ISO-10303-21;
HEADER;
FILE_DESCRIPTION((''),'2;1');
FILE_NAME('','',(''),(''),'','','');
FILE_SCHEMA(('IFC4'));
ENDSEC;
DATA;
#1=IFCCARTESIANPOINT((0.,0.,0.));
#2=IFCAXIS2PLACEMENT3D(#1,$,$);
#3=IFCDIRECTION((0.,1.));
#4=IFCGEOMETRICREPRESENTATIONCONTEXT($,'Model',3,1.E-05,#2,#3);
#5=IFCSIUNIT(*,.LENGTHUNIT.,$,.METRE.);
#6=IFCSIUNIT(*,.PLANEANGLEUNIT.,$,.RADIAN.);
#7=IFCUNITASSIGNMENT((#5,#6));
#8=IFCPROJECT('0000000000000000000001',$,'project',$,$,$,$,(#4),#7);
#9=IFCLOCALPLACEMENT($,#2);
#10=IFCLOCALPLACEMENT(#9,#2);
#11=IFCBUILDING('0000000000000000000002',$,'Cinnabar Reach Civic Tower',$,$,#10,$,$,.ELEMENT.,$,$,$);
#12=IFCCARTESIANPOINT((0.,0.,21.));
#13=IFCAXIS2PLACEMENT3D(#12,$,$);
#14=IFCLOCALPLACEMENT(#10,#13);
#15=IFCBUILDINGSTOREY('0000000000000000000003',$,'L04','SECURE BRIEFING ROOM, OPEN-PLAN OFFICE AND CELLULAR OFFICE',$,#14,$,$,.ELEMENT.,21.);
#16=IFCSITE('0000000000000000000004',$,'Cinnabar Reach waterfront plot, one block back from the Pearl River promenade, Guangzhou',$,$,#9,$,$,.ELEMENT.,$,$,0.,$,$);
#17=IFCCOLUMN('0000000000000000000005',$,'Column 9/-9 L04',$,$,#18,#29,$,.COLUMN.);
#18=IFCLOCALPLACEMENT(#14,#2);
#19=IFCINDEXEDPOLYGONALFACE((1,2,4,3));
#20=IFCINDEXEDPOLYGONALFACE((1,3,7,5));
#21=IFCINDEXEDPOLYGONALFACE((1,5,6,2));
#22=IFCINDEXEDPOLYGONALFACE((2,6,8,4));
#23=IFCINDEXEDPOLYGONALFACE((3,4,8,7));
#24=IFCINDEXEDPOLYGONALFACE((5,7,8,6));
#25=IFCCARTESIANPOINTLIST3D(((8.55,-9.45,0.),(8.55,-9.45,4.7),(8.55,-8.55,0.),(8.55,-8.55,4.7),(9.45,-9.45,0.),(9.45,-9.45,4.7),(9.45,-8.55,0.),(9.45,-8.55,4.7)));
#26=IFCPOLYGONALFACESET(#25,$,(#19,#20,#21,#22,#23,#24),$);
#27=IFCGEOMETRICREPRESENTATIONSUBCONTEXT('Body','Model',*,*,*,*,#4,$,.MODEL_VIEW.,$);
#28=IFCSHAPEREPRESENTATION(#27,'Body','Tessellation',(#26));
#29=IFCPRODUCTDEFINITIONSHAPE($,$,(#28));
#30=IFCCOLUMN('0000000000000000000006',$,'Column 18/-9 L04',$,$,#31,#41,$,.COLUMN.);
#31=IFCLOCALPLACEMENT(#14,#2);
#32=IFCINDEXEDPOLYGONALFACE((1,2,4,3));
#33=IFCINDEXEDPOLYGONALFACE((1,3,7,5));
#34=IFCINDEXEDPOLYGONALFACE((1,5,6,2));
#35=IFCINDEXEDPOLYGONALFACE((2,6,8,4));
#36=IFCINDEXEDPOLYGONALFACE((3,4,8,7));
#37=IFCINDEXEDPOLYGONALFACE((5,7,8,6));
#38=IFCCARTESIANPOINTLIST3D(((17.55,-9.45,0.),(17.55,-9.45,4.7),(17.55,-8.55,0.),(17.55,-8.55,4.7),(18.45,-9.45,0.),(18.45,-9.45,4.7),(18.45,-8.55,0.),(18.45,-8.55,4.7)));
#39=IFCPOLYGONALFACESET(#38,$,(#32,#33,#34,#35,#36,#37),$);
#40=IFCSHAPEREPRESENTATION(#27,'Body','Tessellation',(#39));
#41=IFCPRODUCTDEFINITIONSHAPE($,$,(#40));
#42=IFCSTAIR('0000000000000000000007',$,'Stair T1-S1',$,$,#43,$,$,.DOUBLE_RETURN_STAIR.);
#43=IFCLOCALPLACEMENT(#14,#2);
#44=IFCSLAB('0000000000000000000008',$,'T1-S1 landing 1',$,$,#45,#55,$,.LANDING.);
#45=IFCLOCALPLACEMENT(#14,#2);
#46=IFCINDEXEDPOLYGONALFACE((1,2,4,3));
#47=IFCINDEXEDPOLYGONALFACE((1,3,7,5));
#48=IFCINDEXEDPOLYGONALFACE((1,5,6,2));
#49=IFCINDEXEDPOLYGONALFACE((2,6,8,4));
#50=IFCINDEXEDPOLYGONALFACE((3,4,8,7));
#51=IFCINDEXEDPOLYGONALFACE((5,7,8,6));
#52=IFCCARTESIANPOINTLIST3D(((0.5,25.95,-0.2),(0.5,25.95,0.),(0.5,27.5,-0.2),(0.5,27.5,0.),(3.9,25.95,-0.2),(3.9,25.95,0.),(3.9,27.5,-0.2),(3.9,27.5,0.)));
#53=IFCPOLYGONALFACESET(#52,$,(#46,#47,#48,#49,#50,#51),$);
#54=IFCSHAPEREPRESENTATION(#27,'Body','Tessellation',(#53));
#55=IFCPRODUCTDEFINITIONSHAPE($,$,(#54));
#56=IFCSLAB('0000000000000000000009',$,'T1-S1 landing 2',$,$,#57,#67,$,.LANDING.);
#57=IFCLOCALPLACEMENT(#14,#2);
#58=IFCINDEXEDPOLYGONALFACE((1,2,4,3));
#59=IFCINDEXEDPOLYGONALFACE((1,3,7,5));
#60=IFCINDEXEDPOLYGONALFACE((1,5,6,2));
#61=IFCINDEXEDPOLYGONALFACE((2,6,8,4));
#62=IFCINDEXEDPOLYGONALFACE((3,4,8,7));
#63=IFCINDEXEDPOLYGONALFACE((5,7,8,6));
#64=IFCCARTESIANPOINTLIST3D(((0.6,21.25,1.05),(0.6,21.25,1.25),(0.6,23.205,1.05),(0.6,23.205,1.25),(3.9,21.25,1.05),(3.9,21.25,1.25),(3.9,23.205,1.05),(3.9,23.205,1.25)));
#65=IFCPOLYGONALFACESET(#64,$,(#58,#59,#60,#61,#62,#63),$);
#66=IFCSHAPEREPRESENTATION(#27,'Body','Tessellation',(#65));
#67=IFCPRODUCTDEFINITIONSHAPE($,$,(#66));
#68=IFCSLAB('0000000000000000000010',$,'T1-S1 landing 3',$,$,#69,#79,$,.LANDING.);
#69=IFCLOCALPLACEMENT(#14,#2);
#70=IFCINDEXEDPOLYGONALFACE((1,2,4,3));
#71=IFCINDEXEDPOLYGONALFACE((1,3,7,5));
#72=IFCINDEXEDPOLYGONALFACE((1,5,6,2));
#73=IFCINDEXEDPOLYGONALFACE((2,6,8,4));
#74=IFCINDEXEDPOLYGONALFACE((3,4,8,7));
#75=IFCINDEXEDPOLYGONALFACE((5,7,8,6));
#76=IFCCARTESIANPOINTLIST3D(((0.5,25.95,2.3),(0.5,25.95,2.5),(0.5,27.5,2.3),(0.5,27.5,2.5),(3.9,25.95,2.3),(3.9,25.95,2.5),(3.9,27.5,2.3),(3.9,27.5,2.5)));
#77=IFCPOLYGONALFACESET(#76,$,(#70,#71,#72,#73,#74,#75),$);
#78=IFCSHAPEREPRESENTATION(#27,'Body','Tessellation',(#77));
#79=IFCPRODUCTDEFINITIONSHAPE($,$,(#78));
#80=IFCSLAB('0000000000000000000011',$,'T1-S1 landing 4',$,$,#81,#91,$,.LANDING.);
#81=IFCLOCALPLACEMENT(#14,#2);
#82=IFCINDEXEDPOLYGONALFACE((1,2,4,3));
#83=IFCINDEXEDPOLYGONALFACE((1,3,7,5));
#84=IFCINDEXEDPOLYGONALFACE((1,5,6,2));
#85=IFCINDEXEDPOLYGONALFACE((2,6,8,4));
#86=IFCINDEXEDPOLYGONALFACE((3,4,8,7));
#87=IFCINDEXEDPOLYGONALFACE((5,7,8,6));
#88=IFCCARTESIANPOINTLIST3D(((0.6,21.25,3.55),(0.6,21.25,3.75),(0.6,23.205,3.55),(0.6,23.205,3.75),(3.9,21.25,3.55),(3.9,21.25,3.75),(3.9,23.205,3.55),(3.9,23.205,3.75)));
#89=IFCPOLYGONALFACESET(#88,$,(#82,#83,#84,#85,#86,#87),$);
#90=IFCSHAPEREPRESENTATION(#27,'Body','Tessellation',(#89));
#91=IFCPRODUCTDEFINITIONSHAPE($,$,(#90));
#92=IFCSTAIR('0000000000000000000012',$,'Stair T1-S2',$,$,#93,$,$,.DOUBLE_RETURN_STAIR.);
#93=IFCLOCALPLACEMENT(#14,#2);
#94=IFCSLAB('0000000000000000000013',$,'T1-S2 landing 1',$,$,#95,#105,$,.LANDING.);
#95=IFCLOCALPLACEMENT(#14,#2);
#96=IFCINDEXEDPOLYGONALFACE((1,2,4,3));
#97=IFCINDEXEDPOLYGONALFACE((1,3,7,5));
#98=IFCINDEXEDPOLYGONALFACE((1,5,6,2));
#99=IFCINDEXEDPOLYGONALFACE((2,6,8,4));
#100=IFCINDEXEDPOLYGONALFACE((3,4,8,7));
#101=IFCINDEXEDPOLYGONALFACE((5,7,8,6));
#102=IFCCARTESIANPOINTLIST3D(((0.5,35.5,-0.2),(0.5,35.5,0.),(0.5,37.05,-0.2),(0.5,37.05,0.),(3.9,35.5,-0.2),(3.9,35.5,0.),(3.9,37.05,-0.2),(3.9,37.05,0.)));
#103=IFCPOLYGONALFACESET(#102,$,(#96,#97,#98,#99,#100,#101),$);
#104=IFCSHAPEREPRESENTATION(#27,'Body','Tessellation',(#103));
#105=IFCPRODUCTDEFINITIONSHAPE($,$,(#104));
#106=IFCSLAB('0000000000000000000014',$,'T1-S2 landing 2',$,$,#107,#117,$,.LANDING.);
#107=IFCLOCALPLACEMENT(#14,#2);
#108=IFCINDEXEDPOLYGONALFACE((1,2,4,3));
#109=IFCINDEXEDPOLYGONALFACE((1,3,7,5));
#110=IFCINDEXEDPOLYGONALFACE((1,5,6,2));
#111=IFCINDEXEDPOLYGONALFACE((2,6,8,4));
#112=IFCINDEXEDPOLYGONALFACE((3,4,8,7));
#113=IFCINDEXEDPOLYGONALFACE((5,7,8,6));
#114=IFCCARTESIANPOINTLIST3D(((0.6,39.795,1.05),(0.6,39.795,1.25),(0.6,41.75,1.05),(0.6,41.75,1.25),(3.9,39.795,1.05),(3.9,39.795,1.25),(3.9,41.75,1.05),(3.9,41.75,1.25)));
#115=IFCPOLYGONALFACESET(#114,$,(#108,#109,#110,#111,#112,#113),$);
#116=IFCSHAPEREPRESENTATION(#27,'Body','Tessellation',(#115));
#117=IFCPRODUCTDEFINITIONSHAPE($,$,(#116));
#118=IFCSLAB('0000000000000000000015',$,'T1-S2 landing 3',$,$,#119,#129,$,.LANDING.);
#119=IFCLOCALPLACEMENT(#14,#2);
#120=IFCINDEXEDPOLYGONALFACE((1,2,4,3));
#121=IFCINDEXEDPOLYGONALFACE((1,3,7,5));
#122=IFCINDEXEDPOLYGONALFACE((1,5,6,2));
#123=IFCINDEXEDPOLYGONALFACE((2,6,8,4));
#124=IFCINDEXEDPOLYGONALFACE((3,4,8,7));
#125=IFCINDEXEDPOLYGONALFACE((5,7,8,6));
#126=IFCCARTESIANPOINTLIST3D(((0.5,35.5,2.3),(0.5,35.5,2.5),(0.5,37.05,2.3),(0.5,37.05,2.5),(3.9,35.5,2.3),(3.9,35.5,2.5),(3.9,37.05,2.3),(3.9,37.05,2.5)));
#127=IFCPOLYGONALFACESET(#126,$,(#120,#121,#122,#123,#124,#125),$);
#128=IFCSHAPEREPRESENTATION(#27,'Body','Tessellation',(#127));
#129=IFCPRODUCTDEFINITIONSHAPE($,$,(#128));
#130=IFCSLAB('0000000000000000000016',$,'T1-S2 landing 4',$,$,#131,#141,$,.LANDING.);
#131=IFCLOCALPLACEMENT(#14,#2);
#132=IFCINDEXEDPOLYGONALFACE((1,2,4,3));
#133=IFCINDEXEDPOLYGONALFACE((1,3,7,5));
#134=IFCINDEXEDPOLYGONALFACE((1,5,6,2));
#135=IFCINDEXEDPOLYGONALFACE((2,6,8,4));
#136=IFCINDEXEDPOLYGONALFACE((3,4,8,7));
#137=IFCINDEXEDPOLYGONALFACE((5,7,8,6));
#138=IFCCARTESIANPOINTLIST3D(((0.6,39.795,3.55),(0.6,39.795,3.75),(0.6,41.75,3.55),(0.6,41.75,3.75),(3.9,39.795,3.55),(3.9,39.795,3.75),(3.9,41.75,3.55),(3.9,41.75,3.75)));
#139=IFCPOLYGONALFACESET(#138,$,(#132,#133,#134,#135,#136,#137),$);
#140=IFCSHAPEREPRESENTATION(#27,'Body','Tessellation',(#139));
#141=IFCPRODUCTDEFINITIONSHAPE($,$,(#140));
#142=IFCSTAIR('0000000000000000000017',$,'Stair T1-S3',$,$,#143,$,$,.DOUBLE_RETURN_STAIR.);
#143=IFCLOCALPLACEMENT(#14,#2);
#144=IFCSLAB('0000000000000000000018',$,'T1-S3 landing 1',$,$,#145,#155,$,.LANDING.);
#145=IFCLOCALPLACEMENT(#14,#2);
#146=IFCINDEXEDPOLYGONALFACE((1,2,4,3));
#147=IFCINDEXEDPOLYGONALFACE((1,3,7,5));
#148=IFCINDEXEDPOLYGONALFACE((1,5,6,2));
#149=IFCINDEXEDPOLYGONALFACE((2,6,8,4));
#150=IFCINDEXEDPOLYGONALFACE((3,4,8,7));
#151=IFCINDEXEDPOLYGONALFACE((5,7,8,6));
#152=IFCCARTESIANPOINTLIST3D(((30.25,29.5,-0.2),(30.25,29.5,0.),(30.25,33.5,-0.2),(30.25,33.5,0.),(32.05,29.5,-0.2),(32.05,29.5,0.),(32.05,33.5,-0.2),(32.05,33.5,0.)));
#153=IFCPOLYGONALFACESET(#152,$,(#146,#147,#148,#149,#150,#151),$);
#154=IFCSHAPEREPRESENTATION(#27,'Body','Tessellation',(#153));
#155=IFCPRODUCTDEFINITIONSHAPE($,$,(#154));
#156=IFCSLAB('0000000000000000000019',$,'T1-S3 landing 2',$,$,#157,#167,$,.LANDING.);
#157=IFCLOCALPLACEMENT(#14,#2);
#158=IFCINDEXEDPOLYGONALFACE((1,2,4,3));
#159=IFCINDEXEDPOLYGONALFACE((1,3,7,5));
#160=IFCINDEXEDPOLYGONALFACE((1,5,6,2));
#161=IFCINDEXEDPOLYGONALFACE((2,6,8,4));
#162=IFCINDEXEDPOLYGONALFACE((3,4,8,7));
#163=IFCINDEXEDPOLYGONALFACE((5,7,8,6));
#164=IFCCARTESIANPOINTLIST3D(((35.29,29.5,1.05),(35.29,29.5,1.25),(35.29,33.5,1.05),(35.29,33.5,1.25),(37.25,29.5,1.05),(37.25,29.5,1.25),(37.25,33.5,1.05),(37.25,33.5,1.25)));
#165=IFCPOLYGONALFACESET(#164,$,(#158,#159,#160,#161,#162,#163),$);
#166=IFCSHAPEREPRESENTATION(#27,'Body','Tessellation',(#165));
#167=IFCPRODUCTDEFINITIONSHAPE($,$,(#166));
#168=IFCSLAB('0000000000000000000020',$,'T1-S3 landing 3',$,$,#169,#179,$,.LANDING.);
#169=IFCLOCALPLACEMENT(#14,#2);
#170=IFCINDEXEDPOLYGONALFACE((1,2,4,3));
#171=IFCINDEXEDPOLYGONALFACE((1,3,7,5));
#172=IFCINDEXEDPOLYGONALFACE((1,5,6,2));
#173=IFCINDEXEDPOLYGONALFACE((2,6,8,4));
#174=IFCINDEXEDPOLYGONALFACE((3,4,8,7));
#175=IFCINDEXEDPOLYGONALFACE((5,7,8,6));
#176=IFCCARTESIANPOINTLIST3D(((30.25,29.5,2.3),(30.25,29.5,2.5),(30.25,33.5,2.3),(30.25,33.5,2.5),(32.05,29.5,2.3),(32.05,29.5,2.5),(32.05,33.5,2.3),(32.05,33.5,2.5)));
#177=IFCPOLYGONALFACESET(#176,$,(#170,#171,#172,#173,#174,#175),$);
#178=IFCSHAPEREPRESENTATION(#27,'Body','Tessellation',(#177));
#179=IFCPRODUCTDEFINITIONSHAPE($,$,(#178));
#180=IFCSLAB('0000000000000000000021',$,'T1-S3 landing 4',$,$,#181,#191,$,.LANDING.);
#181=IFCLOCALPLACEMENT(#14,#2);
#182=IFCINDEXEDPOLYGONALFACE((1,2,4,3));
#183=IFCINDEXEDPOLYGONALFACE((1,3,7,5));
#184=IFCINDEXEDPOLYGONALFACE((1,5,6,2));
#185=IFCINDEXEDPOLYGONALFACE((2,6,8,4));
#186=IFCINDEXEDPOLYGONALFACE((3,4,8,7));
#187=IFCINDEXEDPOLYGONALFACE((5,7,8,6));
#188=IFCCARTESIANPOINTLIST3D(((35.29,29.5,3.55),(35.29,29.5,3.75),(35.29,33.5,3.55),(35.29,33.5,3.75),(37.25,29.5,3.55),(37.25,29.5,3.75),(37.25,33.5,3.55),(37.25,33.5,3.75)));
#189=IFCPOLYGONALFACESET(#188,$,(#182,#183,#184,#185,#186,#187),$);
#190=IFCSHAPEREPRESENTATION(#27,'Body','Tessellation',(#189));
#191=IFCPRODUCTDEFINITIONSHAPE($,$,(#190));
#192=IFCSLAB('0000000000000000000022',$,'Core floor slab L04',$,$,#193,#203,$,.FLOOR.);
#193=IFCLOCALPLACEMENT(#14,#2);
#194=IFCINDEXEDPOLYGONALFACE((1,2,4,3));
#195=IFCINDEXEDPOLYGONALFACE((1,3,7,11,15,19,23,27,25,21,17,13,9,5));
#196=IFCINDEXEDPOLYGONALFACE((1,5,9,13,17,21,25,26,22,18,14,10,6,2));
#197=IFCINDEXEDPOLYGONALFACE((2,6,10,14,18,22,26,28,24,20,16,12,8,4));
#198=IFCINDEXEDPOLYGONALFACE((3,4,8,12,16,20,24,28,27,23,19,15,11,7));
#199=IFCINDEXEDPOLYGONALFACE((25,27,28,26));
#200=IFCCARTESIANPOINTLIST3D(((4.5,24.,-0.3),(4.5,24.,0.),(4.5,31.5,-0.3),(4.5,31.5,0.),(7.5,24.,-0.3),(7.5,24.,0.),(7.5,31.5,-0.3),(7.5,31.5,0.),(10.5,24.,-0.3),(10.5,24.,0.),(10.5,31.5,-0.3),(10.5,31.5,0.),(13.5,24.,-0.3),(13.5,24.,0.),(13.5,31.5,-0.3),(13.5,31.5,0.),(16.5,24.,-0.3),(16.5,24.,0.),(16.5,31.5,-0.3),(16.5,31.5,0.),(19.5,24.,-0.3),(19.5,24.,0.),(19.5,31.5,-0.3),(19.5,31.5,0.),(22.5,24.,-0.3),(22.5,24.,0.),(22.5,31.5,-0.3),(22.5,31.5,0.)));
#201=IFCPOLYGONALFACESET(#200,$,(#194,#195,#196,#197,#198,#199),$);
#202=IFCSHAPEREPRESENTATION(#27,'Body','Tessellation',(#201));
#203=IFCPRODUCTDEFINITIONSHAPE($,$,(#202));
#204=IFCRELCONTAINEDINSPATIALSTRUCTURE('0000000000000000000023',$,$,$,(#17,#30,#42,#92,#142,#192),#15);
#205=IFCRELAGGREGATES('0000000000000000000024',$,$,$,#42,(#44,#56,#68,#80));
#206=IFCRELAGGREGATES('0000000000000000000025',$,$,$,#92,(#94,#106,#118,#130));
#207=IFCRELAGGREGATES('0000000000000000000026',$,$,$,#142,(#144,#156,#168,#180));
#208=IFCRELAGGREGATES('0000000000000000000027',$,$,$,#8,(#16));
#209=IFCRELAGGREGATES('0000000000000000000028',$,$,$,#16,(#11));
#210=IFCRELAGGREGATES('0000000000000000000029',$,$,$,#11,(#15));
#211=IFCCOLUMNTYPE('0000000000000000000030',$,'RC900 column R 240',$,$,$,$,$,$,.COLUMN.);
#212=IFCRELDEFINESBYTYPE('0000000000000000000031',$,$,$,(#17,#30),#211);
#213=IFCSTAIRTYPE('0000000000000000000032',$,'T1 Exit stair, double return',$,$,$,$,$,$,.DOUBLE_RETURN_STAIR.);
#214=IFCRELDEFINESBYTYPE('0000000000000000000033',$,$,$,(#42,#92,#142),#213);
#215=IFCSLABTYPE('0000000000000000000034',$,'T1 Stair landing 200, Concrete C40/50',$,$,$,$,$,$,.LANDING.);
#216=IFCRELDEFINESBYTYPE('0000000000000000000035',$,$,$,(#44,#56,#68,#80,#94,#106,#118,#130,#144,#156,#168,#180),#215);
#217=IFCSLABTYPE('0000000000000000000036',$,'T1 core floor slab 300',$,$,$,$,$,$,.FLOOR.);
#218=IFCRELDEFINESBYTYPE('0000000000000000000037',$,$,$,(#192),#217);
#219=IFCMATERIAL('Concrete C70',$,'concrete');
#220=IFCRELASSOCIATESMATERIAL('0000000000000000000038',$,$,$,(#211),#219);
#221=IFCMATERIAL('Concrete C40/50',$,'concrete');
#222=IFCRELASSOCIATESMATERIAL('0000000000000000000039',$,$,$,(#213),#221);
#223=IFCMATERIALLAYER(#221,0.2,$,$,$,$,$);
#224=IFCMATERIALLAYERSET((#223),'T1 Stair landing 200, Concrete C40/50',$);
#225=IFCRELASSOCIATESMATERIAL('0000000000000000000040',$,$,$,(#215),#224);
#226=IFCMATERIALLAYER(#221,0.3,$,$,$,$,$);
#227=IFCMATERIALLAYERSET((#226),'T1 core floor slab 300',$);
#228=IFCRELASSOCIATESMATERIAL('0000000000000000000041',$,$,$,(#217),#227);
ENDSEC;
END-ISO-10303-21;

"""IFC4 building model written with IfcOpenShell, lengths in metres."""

from ifc_helpers import new_model, si_unit, direction, frame, origin, origin_2d, place, context, subcontext, project, spatial, polyline, rectangle, outline, extrude, material, layer, layer_set, material_profile, profile_set, type_object, element, aggregate, save


model = new_model("IFC4")

# Units and contexts
model_context = context("Model", 3, precision=1e-05, world=origin(), true_north=direction((0.0, 1.0)))
body_context = subcontext(model_context, "Body", "Model", "MODEL_VIEW")
ifc_project = project(units=[si_unit("LENGTHUNIT", "METRE"), si_unit("PLANEANGLEUNIT", "RADIAN")], contexts=[model_context])

# Site, building, storey
site_placement = place(None, origin())
site = spatial("IfcSite", under=ifc_project, at=site_placement, Name="Cinnabar Reach waterfront plot, one block back from the Pearl River promenade, Guangzhou", CompositionType="ELEMENT", RefElevation=0.0)
building_placement = place(site_placement, origin())
building = spatial("IfcBuilding", under=site, at=building_placement, Name="Cinnabar Reach Civic Tower", CompositionType="ELEMENT")
storey_placement = place(building_placement, frame((0.0, 0.0, 21.0)))
storey = spatial("IfcBuildingStorey", under=building, at=storey_placement, Name="L04", Description="SECURE BRIEFING ROOM, OPEN-PLAN OFFICE AND CELLULAR OFFICE", CompositionType="ELEMENT", Elevation=21.0)

# Columns
ifc_material_1 = material(Name="Concrete C70", Category="concrete")
ifc_material_profile = material_profile(ifc_material_1, rectangle(XDim=0.9, YDim=0.9, at=origin_2d()), Name="RC900")
ifc_profile_set = profile_set([ifc_material_profile], Name="Concrete C70")
column_type = type_object("IfcColumnType", Name="RC900 column R 240", PredefinedType="COLUMN", material=ifc_profile_set)
for number, where, z_axis, x_axis, name in (
    (1, (9.0, -9.0, 0.0), (0.0, 0.0, 1.0), (1.0, 0.0, 0.0), "Column 9/-9 L04"),
    (2, (18.0, -9.0, 0.0), (0.0, 0.0, 1.0), (1.0, 0.0, 0.0), "Column 18/-9 L04"),
):
    element("IfcColumn", number, at=place(storey_placement, frame(where, z_axis=z_axis, x_axis=x_axis)), inside=storey, type_object=column_type, Name=name, PredefinedType="COLUMN", context=body_context, shape_type="SweptSolid", body=[
        extrude(rectangle(XDim=0.9, YDim=0.9, at=origin_2d()), origin(), (0.0, 0.0, 1.0), 4.7),
    ])

# Stairs, slabs
ifc_material_2 = material(Name="Concrete C40/50", Category="concrete")
stair_type_1 = type_object("IfcStairType", Name="T1 Exit stair, double return", PredefinedType="DOUBLE_RETURN_STAIR", material=ifc_material_2)
stair_1_placement = place(storey_placement, origin())
stair_1 = element("IfcStair", 3, at=stair_1_placement, inside=storey, type_object=stair_type_1, Name="Stair T1-S1", PredefinedType="DOUBLE_RETURN_STAIR")
ifc_layer_1 = layer(ifc_material_2, 0.2)
ifc_layer_set_1 = layer_set([ifc_layer_1], Name="T1 Stair landing 200, Concrete C40/50")
slab_type_1 = type_object("IfcSlabType", Name="T1 Stair landing 200, Concrete C40/50", PredefinedType="LANDING", material=ifc_layer_set_1)
slab_1_placement = place(storey_placement, frame((0.0, 0.0, -0.2)))
slab_1 = element("IfcSlab", 4, at=slab_1_placement, type_object=slab_type_1, Name="T1-S1 landing 1", PredefinedType="LANDING", context=body_context, shape_type="SweptSolid", body=[
    extrude(outline(polyline([(3.9, 25.95), (3.9, 27.5), (0.5, 27.5), (0.5, 25.95), (3.9, 25.95)])), origin(), (0.0, 0.0, 1.0), 0.2),
])
slab_2_placement = place(storey_placement, frame((0.0, 0.0, 1.05)))
slab_2 = element("IfcSlab", 5, at=slab_2_placement, type_object=slab_type_1, Name="T1-S1 landing 2", PredefinedType="LANDING", context=body_context, shape_type="SweptSolid", body=[
    extrude(outline(polyline([(3.9, 21.25), (3.9, 23.205), (0.6, 23.205), (0.6, 21.25), (3.9, 21.25)])), origin(), (0.0, 0.0, 1.0), 0.2),
])
slab_3_placement = place(storey_placement, frame((0.0, 0.0, 2.3)))
slab_3 = element("IfcSlab", 6, at=slab_3_placement, type_object=slab_type_1, Name="T1-S1 landing 3", PredefinedType="LANDING", context=body_context, shape_type="SweptSolid", body=[
    extrude(outline(polyline([(3.9, 25.95), (3.9, 27.5), (0.5, 27.5), (0.5, 25.95), (3.9, 25.95)])), origin(), (0.0, 0.0, 1.0), 0.2),
])
slab_4_placement = place(storey_placement, frame((0.0, 0.0, 3.55)))
slab_4 = element("IfcSlab", 7, at=slab_4_placement, type_object=slab_type_1, Name="T1-S1 landing 4", PredefinedType="LANDING", context=body_context, shape_type="SweptSolid", body=[
    extrude(outline(polyline([(3.9, 21.25), (3.9, 23.205), (0.6, 23.205), (0.6, 21.25), (3.9, 21.25)])), origin(), (0.0, 0.0, 1.0), 0.2),
])
aggregate(stair_1, [slab_1, slab_2, slab_3, slab_4])
stair_2_placement = place(storey_placement, origin())
stair_2 = element("IfcStair", 8, at=stair_2_placement, inside=storey, type_object=stair_type_1, Name="Stair T1-S2", PredefinedType="DOUBLE_RETURN_STAIR")
slab_5_placement = place(storey_placement, frame((0.0, 0.0, -0.2)))
slab_5 = element("IfcSlab", 9, at=slab_5_placement, type_object=slab_type_1, Name="T1-S2 landing 1", PredefinedType="LANDING", context=body_context, shape_type="SweptSolid", body=[
    extrude(outline(polyline([(3.9, 35.5), (3.9, 37.05), (0.5, 37.05), (0.5, 35.5), (3.9, 35.5)])), origin(), (0.0, 0.0, 1.0), 0.2),
])
slab_6_placement = place(storey_placement, frame((0.0, 0.0, 1.05)))
slab_6 = element("IfcSlab", 10, at=slab_6_placement, type_object=slab_type_1, Name="T1-S2 landing 2", PredefinedType="LANDING", context=body_context, shape_type="SweptSolid", body=[
    extrude(outline(polyline([(3.9, 39.795), (3.9, 41.75), (0.6, 41.75), (0.6, 39.795), (3.9, 39.795)])), origin(), (0.0, 0.0, 1.0), 0.2),
])
slab_7_placement = place(storey_placement, frame((0.0, 0.0, 2.3)))
slab_7 = element("IfcSlab", 11, at=slab_7_placement, type_object=slab_type_1, Name="T1-S2 landing 3", PredefinedType="LANDING", context=body_context, shape_type="SweptSolid", body=[
    extrude(outline(polyline([(3.9, 35.5), (3.9, 37.05), (0.5, 37.05), (0.5, 35.5), (3.9, 35.5)])), origin(), (0.0, 0.0, 1.0), 0.2),
])
slab_8_placement = place(storey_placement, frame((0.0, 0.0, 3.55)))
slab_8 = element("IfcSlab", 12, at=slab_8_placement, type_object=slab_type_1, Name="T1-S2 landing 4", PredefinedType="LANDING", context=body_context, shape_type="SweptSolid", body=[
    extrude(outline(polyline([(3.9, 39.795), (3.9, 41.75), (0.6, 41.75), (0.6, 39.795), (3.9, 39.795)])), origin(), (0.0, 0.0, 1.0), 0.2),
])
aggregate(stair_2, [slab_5, slab_6, slab_7, slab_8])
stair_3_placement = place(storey_placement, origin())
stair_3 = element("IfcStair", 13, at=stair_3_placement, inside=storey, type_object=stair_type_1, Name="Stair T1-S3", PredefinedType="DOUBLE_RETURN_STAIR")
slab_9_placement = place(storey_placement, frame((0.0, 0.0, -0.2)))
slab_9 = element("IfcSlab", 14, at=slab_9_placement, type_object=slab_type_1, Name="T1-S3 landing 1", PredefinedType="LANDING", context=body_context, shape_type="SweptSolid", body=[
    extrude(outline(polyline([(30.25, 29.5), (32.05, 29.5), (32.05, 33.5), (30.25, 33.5), (30.25, 29.5)])), origin(), (0.0, 0.0, 1.0), 0.2),
])
slab_10_placement = place(storey_placement, frame((0.0, 0.0, 1.05)))
slab_10 = element("IfcSlab", 15, at=slab_10_placement, type_object=slab_type_1, Name="T1-S3 landing 2", PredefinedType="LANDING", context=body_context, shape_type="SweptSolid", body=[
    extrude(outline(polyline([(35.29, 29.5), (37.25, 29.5), (37.25, 33.5), (35.29, 33.5), (35.29, 29.5)])), origin(), (0.0, 0.0, 1.0), 0.2),
])
slab_11_placement = place(storey_placement, frame((0.0, 0.0, 2.3)))
slab_11 = element("IfcSlab", 16, at=slab_11_placement, type_object=slab_type_1, Name="T1-S3 landing 3", PredefinedType="LANDING", context=body_context, shape_type="SweptSolid", body=[
    extrude(outline(polyline([(30.25, 29.5), (32.05, 29.5), (32.05, 33.5), (30.25, 33.5), (30.25, 29.5)])), origin(), (0.0, 0.0, 1.0), 0.2),
])
slab_12_placement = place(storey_placement, frame((0.0, 0.0, 3.55)))
slab_12 = element("IfcSlab", 17, at=slab_12_placement, type_object=slab_type_1, Name="T1-S3 landing 4", PredefinedType="LANDING", context=body_context, shape_type="SweptSolid", body=[
    extrude(outline(polyline([(35.29, 29.5), (37.25, 29.5), (37.25, 33.5), (35.29, 33.5), (35.29, 29.5)])), origin(), (0.0, 0.0, 1.0), 0.2),
])
aggregate(stair_3, [slab_9, slab_10, slab_11, slab_12])

# Slab
ifc_layer_2 = layer(ifc_material_2, 0.3)
ifc_layer_set_2 = layer_set([ifc_layer_2], Name="T1 core floor slab 300")
slab_type_2 = type_object("IfcSlabType", Name="T1 core floor slab 300", PredefinedType="FLOOR", material=ifc_layer_set_2)
slab_13_placement = place(storey_placement, frame((0.0, 0.0, -0.3)))
element("IfcSlab", 18, at=slab_13_placement, inside=storey, type_object=slab_type_2, Name="Core floor slab L04", PredefinedType="FLOOR", context=body_context, shape_type="SweptSolid", body=[
    extrude(outline(polyline([(22.5, 24.0), (19.5, 24.0), (16.5, 24.0), (13.5, 24.0), (10.5, 24.0), (7.5, 24.0), (4.5, 24.0), (4.5, 31.5), (7.5, 31.5), (10.5, 31.5), (13.5, 31.5), (16.5, 31.5), (19.5, 31.5), (22.5, 31.5), (22.5, 24.0)])), origin(), (0.0, 0.0, 1.0), 0.3),
])

save(model, "model.ifc")
